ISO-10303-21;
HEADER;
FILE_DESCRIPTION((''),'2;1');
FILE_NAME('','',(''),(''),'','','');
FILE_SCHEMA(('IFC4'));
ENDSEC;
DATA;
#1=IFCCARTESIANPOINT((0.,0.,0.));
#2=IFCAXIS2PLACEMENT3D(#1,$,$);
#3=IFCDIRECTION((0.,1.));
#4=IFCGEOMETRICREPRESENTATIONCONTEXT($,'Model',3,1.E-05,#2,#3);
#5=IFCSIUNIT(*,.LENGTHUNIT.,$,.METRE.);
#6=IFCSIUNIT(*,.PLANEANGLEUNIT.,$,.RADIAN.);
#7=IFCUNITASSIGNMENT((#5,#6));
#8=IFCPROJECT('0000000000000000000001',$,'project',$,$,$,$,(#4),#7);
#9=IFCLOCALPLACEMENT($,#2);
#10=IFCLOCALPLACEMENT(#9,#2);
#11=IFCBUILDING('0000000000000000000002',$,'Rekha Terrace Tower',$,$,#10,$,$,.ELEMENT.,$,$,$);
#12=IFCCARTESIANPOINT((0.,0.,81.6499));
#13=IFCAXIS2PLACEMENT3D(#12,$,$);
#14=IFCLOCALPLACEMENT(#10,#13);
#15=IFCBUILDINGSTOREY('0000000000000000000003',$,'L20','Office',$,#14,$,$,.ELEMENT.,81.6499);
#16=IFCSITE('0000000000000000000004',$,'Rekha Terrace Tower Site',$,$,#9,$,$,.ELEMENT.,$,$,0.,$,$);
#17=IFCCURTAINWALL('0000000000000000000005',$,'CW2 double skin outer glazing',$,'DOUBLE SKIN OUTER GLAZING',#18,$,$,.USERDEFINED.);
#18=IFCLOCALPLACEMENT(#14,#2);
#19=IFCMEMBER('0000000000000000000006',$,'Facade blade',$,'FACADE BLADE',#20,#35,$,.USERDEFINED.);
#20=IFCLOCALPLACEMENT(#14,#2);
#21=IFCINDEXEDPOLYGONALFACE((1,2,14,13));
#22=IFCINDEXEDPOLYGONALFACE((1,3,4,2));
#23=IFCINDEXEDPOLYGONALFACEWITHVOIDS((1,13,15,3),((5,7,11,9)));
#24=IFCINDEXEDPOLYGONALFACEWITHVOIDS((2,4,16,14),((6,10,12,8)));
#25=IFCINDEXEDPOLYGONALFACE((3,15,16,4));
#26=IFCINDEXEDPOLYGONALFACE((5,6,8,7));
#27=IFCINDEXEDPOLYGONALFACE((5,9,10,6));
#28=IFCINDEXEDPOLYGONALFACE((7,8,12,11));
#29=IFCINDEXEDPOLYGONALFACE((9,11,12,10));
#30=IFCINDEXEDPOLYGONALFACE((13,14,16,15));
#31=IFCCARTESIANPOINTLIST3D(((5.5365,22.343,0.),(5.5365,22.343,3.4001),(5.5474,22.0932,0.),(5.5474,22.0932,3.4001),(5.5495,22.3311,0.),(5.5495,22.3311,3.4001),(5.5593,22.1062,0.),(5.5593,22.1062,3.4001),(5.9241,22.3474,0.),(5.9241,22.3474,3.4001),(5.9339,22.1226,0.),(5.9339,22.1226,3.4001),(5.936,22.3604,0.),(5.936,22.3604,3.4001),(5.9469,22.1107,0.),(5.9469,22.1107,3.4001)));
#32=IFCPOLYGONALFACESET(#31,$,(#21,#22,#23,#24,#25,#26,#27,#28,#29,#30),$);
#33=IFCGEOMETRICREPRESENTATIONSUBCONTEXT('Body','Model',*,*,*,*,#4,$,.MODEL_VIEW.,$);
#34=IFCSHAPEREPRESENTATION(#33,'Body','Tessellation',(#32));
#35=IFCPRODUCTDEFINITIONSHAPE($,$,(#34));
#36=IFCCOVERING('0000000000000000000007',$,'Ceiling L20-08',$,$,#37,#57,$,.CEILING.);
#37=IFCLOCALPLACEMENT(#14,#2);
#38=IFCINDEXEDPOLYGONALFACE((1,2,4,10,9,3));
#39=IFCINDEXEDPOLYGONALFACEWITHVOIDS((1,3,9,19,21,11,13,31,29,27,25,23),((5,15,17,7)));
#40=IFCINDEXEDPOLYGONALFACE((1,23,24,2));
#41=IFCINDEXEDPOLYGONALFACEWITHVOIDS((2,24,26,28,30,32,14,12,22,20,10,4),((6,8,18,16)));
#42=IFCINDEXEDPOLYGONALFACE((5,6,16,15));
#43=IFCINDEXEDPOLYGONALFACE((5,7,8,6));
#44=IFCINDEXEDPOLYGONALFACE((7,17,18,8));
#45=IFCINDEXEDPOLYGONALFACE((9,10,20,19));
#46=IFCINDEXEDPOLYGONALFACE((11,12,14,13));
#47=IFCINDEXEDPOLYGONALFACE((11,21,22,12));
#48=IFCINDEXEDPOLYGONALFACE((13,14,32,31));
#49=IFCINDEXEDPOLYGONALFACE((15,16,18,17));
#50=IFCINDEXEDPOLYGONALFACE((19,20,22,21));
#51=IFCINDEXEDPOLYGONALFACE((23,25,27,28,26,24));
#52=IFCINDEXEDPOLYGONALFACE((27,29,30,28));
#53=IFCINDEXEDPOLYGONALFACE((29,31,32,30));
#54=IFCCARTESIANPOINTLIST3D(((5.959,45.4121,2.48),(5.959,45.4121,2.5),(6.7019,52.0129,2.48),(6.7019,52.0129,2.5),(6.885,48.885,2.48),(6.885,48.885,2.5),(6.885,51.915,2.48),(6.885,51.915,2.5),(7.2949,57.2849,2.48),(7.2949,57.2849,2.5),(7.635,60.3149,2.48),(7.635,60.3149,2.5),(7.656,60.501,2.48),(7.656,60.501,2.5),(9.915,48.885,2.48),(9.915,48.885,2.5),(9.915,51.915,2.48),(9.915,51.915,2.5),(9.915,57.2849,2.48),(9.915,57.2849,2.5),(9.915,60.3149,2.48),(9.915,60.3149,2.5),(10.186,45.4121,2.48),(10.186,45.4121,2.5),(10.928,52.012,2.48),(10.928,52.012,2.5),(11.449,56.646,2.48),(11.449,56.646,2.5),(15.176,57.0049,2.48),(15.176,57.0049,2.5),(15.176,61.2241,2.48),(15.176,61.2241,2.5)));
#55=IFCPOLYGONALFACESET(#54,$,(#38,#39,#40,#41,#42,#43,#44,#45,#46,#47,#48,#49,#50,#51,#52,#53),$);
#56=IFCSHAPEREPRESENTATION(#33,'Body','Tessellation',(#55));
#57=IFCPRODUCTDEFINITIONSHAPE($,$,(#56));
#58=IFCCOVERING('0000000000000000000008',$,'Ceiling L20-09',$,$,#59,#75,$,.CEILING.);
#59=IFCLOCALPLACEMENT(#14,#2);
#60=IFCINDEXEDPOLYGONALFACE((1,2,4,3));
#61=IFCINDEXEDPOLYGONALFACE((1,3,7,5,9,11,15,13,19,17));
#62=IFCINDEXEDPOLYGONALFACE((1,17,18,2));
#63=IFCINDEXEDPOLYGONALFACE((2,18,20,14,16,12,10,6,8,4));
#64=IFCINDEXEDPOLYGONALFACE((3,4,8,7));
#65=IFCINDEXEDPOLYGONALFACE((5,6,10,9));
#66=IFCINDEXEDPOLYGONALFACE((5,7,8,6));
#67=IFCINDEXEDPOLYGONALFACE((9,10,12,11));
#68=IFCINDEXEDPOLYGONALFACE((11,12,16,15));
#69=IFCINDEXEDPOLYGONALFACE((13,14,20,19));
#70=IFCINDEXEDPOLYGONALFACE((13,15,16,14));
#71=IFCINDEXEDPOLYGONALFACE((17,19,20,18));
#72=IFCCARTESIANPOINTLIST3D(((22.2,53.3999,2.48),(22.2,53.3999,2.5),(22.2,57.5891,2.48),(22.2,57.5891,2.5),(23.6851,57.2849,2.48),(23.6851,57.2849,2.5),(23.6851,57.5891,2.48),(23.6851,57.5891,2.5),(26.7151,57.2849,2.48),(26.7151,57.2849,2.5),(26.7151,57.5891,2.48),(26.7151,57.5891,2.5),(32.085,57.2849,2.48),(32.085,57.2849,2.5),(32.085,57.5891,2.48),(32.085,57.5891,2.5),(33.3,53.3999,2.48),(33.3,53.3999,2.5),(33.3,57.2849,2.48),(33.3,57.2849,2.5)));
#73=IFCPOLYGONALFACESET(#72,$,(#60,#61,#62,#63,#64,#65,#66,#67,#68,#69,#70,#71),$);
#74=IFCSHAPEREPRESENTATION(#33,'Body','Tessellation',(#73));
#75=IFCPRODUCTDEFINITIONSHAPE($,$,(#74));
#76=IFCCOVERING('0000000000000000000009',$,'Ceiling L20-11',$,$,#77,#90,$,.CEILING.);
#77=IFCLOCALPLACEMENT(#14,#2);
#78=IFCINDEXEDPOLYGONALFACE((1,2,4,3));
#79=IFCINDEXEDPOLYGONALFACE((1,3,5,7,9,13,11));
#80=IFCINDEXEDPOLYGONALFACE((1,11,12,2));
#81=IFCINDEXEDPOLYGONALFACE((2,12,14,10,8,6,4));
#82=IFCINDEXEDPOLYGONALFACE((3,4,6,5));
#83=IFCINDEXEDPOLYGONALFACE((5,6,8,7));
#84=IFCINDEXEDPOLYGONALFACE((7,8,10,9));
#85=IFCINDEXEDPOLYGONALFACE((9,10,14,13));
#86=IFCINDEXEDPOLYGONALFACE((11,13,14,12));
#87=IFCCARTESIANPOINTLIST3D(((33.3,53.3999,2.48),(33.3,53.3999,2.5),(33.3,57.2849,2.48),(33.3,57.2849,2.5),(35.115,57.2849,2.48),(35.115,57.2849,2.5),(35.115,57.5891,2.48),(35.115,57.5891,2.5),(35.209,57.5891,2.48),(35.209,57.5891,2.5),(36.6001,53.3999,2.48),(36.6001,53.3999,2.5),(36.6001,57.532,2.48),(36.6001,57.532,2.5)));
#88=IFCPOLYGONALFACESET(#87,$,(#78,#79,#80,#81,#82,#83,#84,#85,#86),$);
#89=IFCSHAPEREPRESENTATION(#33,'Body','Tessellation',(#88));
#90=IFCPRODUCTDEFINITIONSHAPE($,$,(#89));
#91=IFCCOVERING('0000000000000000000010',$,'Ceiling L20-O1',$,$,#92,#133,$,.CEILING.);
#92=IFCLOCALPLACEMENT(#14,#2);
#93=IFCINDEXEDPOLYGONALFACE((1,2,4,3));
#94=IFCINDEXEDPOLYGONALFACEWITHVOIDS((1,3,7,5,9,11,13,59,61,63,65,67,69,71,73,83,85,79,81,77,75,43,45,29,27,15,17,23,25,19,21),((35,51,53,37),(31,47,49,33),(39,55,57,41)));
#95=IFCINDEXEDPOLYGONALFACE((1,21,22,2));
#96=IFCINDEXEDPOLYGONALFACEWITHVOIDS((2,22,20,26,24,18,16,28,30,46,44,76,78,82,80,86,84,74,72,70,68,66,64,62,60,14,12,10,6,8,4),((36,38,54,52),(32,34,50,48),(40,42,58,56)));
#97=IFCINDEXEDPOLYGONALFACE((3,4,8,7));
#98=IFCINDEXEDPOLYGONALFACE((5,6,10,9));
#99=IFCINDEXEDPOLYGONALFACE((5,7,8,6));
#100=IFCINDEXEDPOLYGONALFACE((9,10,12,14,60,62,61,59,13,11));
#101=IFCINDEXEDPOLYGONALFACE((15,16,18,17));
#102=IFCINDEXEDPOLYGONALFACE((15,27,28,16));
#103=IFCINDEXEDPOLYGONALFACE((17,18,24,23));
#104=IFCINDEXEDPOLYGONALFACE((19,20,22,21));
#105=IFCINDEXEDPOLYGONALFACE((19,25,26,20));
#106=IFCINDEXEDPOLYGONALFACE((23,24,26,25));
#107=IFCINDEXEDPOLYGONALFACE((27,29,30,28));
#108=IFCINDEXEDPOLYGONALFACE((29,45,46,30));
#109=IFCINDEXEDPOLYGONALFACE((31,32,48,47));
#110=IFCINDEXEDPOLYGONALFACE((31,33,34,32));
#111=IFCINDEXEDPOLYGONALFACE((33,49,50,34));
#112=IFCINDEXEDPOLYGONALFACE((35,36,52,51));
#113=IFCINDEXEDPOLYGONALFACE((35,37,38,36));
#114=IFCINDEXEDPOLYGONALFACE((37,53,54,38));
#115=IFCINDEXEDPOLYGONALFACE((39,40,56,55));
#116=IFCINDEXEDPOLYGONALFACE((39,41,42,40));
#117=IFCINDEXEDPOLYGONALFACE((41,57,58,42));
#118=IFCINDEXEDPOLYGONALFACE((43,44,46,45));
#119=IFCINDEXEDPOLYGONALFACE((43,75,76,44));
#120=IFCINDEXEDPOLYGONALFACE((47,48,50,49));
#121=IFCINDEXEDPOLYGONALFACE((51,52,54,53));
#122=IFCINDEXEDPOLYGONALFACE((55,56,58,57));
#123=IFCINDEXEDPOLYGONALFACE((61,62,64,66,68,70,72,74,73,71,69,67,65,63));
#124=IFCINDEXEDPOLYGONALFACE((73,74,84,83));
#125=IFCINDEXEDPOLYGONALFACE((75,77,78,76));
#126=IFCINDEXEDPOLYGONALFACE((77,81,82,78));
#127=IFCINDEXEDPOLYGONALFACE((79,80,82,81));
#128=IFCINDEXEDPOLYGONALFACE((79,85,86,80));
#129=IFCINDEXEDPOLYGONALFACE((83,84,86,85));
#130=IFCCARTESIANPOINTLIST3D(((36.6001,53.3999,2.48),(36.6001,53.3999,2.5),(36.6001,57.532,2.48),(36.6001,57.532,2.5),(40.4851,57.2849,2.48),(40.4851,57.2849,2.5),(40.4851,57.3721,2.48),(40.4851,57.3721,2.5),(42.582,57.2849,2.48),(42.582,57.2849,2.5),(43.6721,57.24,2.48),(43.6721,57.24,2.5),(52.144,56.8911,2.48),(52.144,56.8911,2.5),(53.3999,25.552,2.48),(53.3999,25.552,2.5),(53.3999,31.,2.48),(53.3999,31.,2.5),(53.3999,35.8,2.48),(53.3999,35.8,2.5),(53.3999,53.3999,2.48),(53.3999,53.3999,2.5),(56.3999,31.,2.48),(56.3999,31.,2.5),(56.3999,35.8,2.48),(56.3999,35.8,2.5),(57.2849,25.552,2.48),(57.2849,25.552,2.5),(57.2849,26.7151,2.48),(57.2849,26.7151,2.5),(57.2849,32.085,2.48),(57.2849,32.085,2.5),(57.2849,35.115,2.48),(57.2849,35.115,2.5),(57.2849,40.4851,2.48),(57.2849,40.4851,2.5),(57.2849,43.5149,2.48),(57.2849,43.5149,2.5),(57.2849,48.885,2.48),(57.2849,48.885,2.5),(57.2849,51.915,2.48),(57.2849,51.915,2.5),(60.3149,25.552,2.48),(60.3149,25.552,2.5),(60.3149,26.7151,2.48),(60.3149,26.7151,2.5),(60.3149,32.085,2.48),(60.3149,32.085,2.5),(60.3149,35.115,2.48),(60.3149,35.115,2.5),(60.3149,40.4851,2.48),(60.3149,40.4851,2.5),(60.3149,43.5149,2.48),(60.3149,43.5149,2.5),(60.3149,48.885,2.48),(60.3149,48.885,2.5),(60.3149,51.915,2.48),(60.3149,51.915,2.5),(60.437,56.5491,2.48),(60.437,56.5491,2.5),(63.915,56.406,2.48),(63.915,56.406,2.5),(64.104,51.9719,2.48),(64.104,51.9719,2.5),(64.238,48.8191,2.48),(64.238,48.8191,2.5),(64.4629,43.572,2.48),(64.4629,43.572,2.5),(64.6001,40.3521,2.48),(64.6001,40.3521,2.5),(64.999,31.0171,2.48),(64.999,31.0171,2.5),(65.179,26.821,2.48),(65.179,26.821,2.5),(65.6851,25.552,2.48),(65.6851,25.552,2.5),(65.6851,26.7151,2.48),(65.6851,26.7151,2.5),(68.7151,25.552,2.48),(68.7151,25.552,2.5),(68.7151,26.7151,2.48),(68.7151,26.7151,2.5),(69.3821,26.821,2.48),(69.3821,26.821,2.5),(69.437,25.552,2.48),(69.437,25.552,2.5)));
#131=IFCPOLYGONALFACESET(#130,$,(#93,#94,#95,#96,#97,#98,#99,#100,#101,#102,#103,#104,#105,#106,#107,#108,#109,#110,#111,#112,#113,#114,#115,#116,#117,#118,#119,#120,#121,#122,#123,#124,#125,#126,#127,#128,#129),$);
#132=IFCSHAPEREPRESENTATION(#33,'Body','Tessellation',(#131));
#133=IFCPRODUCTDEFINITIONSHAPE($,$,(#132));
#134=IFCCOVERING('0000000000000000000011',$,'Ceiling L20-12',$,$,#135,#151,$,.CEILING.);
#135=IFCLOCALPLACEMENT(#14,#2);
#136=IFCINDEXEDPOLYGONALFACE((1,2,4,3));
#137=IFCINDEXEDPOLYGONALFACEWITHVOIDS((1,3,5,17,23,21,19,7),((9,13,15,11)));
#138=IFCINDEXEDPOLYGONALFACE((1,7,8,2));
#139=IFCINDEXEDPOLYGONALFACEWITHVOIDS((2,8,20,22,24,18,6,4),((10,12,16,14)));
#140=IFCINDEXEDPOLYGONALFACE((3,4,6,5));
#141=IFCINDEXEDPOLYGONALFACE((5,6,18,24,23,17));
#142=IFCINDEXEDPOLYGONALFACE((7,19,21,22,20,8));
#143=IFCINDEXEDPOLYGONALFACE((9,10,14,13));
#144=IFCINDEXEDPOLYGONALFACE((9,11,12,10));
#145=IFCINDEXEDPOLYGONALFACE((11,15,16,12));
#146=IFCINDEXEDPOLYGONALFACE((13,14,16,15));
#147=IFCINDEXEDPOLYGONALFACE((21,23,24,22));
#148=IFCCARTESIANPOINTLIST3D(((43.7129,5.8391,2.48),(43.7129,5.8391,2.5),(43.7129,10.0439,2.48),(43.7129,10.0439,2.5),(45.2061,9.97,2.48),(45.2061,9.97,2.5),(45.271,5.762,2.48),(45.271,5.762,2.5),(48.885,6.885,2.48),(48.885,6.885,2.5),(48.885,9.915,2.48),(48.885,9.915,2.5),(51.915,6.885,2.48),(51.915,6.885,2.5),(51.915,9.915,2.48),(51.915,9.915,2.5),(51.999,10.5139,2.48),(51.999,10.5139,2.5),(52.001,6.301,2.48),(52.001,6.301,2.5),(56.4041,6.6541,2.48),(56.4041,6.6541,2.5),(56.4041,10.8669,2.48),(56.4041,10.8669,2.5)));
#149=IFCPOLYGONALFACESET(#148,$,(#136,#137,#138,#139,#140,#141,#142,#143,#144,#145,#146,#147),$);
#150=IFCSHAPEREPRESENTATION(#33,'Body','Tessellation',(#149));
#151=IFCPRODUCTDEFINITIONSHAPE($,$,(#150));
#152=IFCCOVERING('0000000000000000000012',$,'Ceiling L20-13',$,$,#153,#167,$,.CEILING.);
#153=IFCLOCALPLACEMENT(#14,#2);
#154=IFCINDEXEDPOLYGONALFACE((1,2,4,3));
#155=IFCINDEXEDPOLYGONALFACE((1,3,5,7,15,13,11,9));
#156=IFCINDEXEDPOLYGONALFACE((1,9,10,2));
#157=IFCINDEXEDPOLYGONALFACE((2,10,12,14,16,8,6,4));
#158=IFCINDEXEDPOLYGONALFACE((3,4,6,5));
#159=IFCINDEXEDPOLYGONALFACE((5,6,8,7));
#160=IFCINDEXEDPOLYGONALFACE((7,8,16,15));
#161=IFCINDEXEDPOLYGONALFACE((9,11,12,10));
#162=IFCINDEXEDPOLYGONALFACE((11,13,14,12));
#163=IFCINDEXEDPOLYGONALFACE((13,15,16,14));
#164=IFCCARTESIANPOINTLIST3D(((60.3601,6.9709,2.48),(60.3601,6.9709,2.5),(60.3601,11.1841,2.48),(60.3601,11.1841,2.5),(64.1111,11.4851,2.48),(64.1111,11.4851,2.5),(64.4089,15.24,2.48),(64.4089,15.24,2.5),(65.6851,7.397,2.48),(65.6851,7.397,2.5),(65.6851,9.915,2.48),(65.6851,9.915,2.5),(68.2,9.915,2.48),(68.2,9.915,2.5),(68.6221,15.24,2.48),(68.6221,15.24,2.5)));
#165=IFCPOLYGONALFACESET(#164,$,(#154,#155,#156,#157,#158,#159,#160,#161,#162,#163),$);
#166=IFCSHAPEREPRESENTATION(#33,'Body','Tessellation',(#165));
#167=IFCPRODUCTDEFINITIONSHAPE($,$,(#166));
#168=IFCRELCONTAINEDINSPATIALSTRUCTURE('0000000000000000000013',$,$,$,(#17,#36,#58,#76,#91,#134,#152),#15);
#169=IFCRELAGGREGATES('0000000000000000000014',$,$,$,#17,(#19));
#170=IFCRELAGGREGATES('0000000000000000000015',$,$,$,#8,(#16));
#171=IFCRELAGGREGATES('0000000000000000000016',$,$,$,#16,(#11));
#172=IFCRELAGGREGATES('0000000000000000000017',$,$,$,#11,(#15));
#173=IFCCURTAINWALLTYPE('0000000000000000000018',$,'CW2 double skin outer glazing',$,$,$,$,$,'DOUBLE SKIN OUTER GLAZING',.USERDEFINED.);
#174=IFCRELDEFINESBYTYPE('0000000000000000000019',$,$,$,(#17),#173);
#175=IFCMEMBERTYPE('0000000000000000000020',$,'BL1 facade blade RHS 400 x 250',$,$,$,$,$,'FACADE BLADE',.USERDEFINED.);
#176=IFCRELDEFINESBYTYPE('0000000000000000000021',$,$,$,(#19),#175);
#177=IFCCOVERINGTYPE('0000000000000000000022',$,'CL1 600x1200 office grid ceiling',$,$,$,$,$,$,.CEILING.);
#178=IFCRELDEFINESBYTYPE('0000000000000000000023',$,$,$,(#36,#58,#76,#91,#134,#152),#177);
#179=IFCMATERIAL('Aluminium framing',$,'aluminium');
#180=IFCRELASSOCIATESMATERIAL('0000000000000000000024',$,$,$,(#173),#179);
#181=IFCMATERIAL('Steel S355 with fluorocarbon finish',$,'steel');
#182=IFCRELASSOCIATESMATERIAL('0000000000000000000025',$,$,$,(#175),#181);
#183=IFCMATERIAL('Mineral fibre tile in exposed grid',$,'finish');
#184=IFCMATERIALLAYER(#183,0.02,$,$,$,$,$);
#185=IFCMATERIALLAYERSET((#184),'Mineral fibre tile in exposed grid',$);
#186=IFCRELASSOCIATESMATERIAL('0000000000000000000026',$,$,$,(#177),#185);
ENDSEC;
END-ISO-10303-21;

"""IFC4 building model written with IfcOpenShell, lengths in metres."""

from ifc_helpers import new_model, si_unit, direction, frame, origin, origin_2d, place, context, subcontext, project, spatial, polyline, hollow_rectangle, outline, extrude, material, layer, layer_set, material_profile, profile_set, type_object, element, aggregate, save


model = new_model("IFC4")

# Units and contexts
model_context = context("Model", 3, precision=1e-05, world=origin(), true_north=direction((0.0, 1.0)))
body_context = subcontext(model_context, "Body", "Model", "MODEL_VIEW")
ifc_project = project(units=[si_unit("LENGTHUNIT", "METRE"), si_unit("PLANEANGLEUNIT", "RADIAN")], contexts=[model_context])

# Site, building, storey
site_placement = place(None, origin())
site = spatial("IfcSite", under=ifc_project, at=site_placement, Name="Rekha Terrace Tower Site", CompositionType="ELEMENT", RefElevation=0.0)
building_placement = place(site_placement, origin())
building = spatial("IfcBuilding", under=site, at=building_placement, Name="Rekha Terrace Tower", CompositionType="ELEMENT")
storey_placement = place(building_placement, frame((0.0, 0.0, 81.6499)))
storey = spatial("IfcBuildingStorey", under=building, at=storey_placement, Name="L20", Description="Office", CompositionType="ELEMENT", Elevation=81.6499)

# Curtain wall, member
ifc_material_1 = material(Name="Aluminium framing", Category="aluminium")
curtain_wall_type = type_object("IfcCurtainWallType", Name="CW2 double skin outer glazing", ElementType="DOUBLE SKIN OUTER GLAZING", PredefinedType="USERDEFINED", material=ifc_material_1)
curtain_wall_placement = place(storey_placement, origin())
curtain_wall = element("IfcCurtainWall", 1, at=curtain_wall_placement, inside=storey, type_object=curtain_wall_type, Name="CW2 double skin outer glazing", ObjectType="DOUBLE SKIN OUTER GLAZING", PredefinedType="USERDEFINED")
ifc_material_2 = material(Name="Steel S355 with fluorocarbon finish", Category="steel")
ifc_material_profile = material_profile(ifc_material_2, hollow_rectangle(XDim=0.25, YDim=0.3999, WallThickness=0.0125, at=origin_2d()), Name="RHS400x250x12.5")
ifc_profile_set = profile_set([ifc_material_profile], Name="Steel S355 with fluorocarbon finish")
member_type = type_object("IfcMemberType", Name="BL1 facade blade RHS 400 x 250", ElementType="FACADE BLADE", PredefinedType="USERDEFINED", material=ifc_profile_set)
member_placement = place(storey_placement, frame((5.7417, 22.2268, 0.0), z_axis=(0.0, 0.0, 1.0), x_axis=(0.043682, -0.999045, 0.0)))
member = element("IfcMember", 2, at=member_placement, type_object=member_type, Name="Facade blade", ObjectType="FACADE BLADE", PredefinedType="USERDEFINED", context=body_context, shape_type="SweptSolid", body=[
    extrude(hollow_rectangle(XDim=0.25, YDim=0.3999, WallThickness=0.0125, at=origin_2d()), origin(), (0.0, 0.0, 1.0), 3.4001),
])
aggregate(curtain_wall, [member])

# Coverings
ifc_material_3 = material(Name="Mineral fibre tile in exposed grid", Category="finish")
ifc_layer_1 = layer(ifc_material_3, 0.02)
ifc_layer_set_1 = layer_set([ifc_layer_1], Name="Mineral fibre tile in exposed grid")
covering_type_1 = type_object("IfcCoveringType", Name="CL1 600x1200 office grid ceiling", PredefinedType="CEILING", material=ifc_layer_set_1)
covering_1_placement = place(storey_placement, frame((0.0, 0.0, 2.48)))
element("IfcCovering", 3, at=covering_1_placement, inside=storey, type_object=covering_type_1, Name="Ceiling L20-08", PredefinedType="CEILING", context=body_context, shape_type="SweptSolid", body=[
    extrude(outline(polyline([(9.915, 57.2849), (7.2949, 57.2849), (6.7019, 52.0129), (5.959, 45.4121), (10.186, 45.4121), (10.928, 52.012), (11.449, 56.646), (15.176, 57.0049), (15.176, 61.2241), (7.656, 60.501), (7.635, 60.3149), (9.915, 60.3149), (9.915, 57.2849)]), holes=[polyline([(9.915, 51.915), (9.915, 48.885), (6.885, 48.885), (6.885, 51.915), (9.915, 51.915)])]), origin(), (0.0, 0.0, 1.0), 0.02),
])
covering_2_placement = place(storey_placement, frame((0.0, 0.0, 2.48)))
element("IfcCovering", 4, at=covering_2_placement, inside=storey, type_object=covering_type_1, Name="Ceiling L20-09", PredefinedType="CEILING", context=body_context, shape_type="SweptSolid", body=[
    extrude(outline(polyline([(22.2, 53.3999), (33.3, 53.3999), (33.3, 57.2849), (32.085, 57.2849), (32.085, 57.5891), (26.7151, 57.5891), (26.7151, 57.2849), (23.6851, 57.2849), (23.6851, 57.5891), (22.2, 57.5891), (22.2, 53.3999)])), origin(), (0.0, 0.0, 1.0), 0.02),
])
covering_3_placement = place(storey_placement, frame((0.0, 0.0, 2.48)))
element("IfcCovering", 5, at=covering_3_placement, inside=storey, type_object=covering_type_1, Name="Ceiling L20-11", PredefinedType="CEILING", context=body_context, shape_type="SweptSolid", body=[
    extrude(outline(polyline([(36.6001, 57.532), (35.209, 57.5891), (35.115, 57.5891), (35.115, 57.2849), (33.3, 57.2849), (33.3, 53.3999), (36.6001, 53.3999), (36.6001, 57.532)])), origin(), (0.0, 0.0, 1.0), 0.02),
])
covering_4_placement = place(storey_placement, frame((0.0, 0.0, 2.48)))
element("IfcCovering", 6, at=covering_4_placement, inside=storey, type_object=covering_type_1, Name="Ceiling L20-O1", PredefinedType="CEILING", context=body_context, shape_type="SweptSolid", body=[
    extrude(outline(polyline([(52.144, 56.8911), (43.6721, 57.24), (42.582, 57.2849), (40.4851, 57.2849), (40.4851, 57.3721), (36.6001, 57.532), (36.6001, 53.3999), (53.3999, 53.3999), (53.3999, 35.8), (56.3999, 35.8), (56.3999, 31.0), (53.3999, 31.0), (53.3999, 25.552), (57.2849, 25.552), (57.2849, 26.7151), (60.3149, 26.7151), (60.3149, 25.552), (65.6851, 25.552), (65.6851, 26.7151), (68.7151, 26.7151), (68.7151, 25.552), (69.437, 25.552), (69.3821, 26.821), (65.179, 26.821), (64.999, 31.0171), (64.6001, 40.3521), (64.4629, 43.572), (64.238, 48.8191), (64.104, 51.9719), (63.915, 56.406), (60.437, 56.5491), (52.144, 56.8911)]), holes=[polyline([(60.3149, 32.085), (57.2849, 32.085), (57.2849, 35.115), (60.3149, 35.115), (60.3149, 32.085)]), polyline([(60.3149, 40.4851), (57.2849, 40.4851), (57.2849, 43.5149), (60.3149, 43.5149), (60.3149, 40.4851)]), polyline([(60.3149, 48.885), (57.2849, 48.885), (57.2849, 51.915), (60.3149, 51.915), (60.3149, 48.885)])]), origin(), (0.0, 0.0, 1.0), 0.02),
])
covering_5_placement = place(storey_placement, frame((0.0, 0.0, 2.48)))
element("IfcCovering", 7, at=covering_5_placement, inside=storey, type_object=covering_type_1, Name="Ceiling L20-12", PredefinedType="CEILING", context=body_context, shape_type="SweptSolid", body=[
    extrude(outline(polyline([(45.2061, 9.97), (43.7129, 10.0439), (43.7129, 5.8391), (45.271, 5.762), (52.001, 6.301), (56.4041, 6.6541), (56.4041, 10.8669), (51.999, 10.5139), (45.2061, 9.97)]), holes=[polyline([(51.915, 6.885), (48.885, 6.885), (48.885, 9.915), (51.915, 9.915), (51.915, 6.885)])]), origin(), (0.0, 0.0, 1.0), 0.02),
])
covering_6_placement = place(storey_placement, frame((0.0, 0.0, 2.48)))
element("IfcCovering", 8, at=covering_6_placement, inside=storey, type_object=covering_type_1, Name="Ceiling L20-13", PredefinedType="CEILING", context=body_context, shape_type="SweptSolid", body=[
    extrude(outline(polyline([(64.4089, 15.24), (64.1111, 11.4851), (60.3601, 11.1841), (60.3601, 6.9709), (65.6851, 7.397), (65.6851, 9.915), (68.2, 9.915), (68.6221, 15.24), (64.4089, 15.24)])), origin(), (0.0, 0.0, 1.0), 0.02),
])

save(model, "model.ifc")
